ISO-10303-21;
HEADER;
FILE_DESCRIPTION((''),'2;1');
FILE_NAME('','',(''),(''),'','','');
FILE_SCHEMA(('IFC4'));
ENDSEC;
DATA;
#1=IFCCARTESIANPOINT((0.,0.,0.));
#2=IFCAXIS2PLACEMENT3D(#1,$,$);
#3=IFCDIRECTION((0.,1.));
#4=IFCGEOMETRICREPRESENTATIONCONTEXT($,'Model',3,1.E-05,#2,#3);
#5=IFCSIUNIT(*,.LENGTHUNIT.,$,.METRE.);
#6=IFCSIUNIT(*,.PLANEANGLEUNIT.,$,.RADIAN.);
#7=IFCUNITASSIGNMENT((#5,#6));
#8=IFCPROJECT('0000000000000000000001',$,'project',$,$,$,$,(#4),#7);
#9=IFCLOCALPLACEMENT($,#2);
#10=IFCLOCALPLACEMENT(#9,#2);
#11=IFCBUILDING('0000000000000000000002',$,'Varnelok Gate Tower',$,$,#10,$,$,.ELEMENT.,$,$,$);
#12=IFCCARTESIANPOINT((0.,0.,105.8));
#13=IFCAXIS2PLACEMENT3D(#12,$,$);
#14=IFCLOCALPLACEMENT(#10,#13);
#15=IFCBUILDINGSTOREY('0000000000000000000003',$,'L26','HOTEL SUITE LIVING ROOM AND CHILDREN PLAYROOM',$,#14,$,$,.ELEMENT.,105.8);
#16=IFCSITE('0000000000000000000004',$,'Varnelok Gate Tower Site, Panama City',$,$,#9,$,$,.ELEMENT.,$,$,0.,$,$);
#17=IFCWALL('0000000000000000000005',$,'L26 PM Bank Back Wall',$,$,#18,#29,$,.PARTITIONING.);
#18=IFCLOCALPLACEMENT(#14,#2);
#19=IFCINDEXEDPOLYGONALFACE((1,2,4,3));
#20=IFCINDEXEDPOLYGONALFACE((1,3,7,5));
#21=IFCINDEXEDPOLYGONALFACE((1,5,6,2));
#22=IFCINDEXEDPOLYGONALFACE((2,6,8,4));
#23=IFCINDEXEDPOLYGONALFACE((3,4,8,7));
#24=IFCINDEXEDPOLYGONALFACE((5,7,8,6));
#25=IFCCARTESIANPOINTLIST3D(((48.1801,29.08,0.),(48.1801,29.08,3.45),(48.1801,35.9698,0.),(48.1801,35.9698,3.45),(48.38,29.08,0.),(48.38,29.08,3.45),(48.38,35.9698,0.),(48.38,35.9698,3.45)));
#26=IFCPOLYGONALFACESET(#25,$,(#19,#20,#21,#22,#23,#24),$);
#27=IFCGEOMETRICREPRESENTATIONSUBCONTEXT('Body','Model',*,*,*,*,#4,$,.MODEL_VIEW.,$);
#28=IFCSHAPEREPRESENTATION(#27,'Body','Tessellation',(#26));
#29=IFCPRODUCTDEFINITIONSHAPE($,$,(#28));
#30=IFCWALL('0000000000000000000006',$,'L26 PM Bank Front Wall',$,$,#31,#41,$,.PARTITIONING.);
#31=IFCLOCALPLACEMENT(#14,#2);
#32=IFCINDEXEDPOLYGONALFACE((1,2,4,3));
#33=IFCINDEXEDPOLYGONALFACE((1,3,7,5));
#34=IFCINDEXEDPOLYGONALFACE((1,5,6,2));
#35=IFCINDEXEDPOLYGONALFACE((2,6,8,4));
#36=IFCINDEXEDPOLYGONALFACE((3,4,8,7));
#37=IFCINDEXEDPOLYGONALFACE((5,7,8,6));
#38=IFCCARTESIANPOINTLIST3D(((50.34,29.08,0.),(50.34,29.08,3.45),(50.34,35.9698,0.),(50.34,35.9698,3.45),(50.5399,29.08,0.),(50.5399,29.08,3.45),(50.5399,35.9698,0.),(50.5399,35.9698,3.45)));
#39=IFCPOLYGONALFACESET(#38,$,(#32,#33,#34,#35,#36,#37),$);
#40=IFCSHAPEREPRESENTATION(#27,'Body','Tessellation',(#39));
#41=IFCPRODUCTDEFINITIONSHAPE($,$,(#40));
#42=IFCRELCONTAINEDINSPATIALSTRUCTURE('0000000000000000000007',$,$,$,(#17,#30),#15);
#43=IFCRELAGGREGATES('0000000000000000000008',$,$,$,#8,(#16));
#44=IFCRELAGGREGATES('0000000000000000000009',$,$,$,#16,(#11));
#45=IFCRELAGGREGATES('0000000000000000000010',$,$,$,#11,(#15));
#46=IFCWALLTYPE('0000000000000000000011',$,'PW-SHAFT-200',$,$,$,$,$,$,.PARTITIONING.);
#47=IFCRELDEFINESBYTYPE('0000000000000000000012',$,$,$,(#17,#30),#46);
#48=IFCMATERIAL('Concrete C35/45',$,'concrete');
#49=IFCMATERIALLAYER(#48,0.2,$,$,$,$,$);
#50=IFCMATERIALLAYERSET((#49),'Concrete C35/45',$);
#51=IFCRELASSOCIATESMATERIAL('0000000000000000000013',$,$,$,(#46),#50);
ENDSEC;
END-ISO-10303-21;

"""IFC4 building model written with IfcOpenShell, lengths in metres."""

from ifc_helpers import new_model, si_unit, direction, frame, frame_2d, origin, place, context, subcontext, project, spatial, rectangle, extrude, material, layer, layer_set, type_object, element, save


model = new_model("IFC4")

# Units and contexts
model_context = context("Model", 3, precision=1e-05, world=origin(), true_north=direction((0.0, 1.0)))
body_context = subcontext(model_context, "Body", "Model", "MODEL_VIEW")
ifc_project = project(units=[si_unit("LENGTHUNIT", "METRE"), si_unit("PLANEANGLEUNIT", "RADIAN")], contexts=[model_context])

# Site, building, storey
site_placement = place(None, origin())
site = spatial("IfcSite", under=ifc_project, at=site_placement, Name="Varnelok Gate Tower Site, Panama City", CompositionType="ELEMENT", RefElevation=0.0)
building_placement = place(site_placement, origin())
building = spatial("IfcBuilding", under=site, at=building_placement, Name="Varnelok Gate Tower", CompositionType="ELEMENT")
storey_placement = place(building_placement, frame((0.0, 0.0, 105.8)))
storey = spatial("IfcBuildingStorey", under=building, at=storey_placement, Name="L26", Description="HOTEL SUITE LIVING ROOM AND CHILDREN PLAYROOM", CompositionType="ELEMENT", Elevation=105.8)

# Walls
ifc_material_1 = material(Name="Concrete C35/45", Category="concrete")
ifc_layer_1 = layer(ifc_material_1, 0.2)
ifc_layer_set_1 = layer_set([ifc_layer_1], Name="Concrete C35/45")
wall_type_1 = type_object("IfcWallType", Name="PW-SHAFT-200", PredefinedType="PARTITIONING", material=ifc_layer_set_1)
for number, where, z_axis, x_axis, name in (
    (1, (48.28, 29.0801, 0.0), (0.0, 0.0, 1.0), (0.0, 1.0, 0.0), "L26 PM Bank Back Wall"),
    (2, (50.4399, 29.0801, 0.0), (0.0, 0.0, 1.0), (0.0, 1.0, 0.0), "L26 PM Bank Front Wall"),
):
    element("IfcWall", number, at=place(storey_placement, frame(where, z_axis=z_axis, x_axis=x_axis)), inside=storey, type_object=wall_type_1, Name=name, PredefinedType="PARTITIONING", context=body_context, shape_type="SweptSolid", body=[
        extrude(rectangle(XDim=6.8899, YDim=0.2, at=frame_2d((3.4448, 0.0))), origin(), (0.0, 0.0, 1.0), 3.45),
    ])

save(model, "model.ifc")
